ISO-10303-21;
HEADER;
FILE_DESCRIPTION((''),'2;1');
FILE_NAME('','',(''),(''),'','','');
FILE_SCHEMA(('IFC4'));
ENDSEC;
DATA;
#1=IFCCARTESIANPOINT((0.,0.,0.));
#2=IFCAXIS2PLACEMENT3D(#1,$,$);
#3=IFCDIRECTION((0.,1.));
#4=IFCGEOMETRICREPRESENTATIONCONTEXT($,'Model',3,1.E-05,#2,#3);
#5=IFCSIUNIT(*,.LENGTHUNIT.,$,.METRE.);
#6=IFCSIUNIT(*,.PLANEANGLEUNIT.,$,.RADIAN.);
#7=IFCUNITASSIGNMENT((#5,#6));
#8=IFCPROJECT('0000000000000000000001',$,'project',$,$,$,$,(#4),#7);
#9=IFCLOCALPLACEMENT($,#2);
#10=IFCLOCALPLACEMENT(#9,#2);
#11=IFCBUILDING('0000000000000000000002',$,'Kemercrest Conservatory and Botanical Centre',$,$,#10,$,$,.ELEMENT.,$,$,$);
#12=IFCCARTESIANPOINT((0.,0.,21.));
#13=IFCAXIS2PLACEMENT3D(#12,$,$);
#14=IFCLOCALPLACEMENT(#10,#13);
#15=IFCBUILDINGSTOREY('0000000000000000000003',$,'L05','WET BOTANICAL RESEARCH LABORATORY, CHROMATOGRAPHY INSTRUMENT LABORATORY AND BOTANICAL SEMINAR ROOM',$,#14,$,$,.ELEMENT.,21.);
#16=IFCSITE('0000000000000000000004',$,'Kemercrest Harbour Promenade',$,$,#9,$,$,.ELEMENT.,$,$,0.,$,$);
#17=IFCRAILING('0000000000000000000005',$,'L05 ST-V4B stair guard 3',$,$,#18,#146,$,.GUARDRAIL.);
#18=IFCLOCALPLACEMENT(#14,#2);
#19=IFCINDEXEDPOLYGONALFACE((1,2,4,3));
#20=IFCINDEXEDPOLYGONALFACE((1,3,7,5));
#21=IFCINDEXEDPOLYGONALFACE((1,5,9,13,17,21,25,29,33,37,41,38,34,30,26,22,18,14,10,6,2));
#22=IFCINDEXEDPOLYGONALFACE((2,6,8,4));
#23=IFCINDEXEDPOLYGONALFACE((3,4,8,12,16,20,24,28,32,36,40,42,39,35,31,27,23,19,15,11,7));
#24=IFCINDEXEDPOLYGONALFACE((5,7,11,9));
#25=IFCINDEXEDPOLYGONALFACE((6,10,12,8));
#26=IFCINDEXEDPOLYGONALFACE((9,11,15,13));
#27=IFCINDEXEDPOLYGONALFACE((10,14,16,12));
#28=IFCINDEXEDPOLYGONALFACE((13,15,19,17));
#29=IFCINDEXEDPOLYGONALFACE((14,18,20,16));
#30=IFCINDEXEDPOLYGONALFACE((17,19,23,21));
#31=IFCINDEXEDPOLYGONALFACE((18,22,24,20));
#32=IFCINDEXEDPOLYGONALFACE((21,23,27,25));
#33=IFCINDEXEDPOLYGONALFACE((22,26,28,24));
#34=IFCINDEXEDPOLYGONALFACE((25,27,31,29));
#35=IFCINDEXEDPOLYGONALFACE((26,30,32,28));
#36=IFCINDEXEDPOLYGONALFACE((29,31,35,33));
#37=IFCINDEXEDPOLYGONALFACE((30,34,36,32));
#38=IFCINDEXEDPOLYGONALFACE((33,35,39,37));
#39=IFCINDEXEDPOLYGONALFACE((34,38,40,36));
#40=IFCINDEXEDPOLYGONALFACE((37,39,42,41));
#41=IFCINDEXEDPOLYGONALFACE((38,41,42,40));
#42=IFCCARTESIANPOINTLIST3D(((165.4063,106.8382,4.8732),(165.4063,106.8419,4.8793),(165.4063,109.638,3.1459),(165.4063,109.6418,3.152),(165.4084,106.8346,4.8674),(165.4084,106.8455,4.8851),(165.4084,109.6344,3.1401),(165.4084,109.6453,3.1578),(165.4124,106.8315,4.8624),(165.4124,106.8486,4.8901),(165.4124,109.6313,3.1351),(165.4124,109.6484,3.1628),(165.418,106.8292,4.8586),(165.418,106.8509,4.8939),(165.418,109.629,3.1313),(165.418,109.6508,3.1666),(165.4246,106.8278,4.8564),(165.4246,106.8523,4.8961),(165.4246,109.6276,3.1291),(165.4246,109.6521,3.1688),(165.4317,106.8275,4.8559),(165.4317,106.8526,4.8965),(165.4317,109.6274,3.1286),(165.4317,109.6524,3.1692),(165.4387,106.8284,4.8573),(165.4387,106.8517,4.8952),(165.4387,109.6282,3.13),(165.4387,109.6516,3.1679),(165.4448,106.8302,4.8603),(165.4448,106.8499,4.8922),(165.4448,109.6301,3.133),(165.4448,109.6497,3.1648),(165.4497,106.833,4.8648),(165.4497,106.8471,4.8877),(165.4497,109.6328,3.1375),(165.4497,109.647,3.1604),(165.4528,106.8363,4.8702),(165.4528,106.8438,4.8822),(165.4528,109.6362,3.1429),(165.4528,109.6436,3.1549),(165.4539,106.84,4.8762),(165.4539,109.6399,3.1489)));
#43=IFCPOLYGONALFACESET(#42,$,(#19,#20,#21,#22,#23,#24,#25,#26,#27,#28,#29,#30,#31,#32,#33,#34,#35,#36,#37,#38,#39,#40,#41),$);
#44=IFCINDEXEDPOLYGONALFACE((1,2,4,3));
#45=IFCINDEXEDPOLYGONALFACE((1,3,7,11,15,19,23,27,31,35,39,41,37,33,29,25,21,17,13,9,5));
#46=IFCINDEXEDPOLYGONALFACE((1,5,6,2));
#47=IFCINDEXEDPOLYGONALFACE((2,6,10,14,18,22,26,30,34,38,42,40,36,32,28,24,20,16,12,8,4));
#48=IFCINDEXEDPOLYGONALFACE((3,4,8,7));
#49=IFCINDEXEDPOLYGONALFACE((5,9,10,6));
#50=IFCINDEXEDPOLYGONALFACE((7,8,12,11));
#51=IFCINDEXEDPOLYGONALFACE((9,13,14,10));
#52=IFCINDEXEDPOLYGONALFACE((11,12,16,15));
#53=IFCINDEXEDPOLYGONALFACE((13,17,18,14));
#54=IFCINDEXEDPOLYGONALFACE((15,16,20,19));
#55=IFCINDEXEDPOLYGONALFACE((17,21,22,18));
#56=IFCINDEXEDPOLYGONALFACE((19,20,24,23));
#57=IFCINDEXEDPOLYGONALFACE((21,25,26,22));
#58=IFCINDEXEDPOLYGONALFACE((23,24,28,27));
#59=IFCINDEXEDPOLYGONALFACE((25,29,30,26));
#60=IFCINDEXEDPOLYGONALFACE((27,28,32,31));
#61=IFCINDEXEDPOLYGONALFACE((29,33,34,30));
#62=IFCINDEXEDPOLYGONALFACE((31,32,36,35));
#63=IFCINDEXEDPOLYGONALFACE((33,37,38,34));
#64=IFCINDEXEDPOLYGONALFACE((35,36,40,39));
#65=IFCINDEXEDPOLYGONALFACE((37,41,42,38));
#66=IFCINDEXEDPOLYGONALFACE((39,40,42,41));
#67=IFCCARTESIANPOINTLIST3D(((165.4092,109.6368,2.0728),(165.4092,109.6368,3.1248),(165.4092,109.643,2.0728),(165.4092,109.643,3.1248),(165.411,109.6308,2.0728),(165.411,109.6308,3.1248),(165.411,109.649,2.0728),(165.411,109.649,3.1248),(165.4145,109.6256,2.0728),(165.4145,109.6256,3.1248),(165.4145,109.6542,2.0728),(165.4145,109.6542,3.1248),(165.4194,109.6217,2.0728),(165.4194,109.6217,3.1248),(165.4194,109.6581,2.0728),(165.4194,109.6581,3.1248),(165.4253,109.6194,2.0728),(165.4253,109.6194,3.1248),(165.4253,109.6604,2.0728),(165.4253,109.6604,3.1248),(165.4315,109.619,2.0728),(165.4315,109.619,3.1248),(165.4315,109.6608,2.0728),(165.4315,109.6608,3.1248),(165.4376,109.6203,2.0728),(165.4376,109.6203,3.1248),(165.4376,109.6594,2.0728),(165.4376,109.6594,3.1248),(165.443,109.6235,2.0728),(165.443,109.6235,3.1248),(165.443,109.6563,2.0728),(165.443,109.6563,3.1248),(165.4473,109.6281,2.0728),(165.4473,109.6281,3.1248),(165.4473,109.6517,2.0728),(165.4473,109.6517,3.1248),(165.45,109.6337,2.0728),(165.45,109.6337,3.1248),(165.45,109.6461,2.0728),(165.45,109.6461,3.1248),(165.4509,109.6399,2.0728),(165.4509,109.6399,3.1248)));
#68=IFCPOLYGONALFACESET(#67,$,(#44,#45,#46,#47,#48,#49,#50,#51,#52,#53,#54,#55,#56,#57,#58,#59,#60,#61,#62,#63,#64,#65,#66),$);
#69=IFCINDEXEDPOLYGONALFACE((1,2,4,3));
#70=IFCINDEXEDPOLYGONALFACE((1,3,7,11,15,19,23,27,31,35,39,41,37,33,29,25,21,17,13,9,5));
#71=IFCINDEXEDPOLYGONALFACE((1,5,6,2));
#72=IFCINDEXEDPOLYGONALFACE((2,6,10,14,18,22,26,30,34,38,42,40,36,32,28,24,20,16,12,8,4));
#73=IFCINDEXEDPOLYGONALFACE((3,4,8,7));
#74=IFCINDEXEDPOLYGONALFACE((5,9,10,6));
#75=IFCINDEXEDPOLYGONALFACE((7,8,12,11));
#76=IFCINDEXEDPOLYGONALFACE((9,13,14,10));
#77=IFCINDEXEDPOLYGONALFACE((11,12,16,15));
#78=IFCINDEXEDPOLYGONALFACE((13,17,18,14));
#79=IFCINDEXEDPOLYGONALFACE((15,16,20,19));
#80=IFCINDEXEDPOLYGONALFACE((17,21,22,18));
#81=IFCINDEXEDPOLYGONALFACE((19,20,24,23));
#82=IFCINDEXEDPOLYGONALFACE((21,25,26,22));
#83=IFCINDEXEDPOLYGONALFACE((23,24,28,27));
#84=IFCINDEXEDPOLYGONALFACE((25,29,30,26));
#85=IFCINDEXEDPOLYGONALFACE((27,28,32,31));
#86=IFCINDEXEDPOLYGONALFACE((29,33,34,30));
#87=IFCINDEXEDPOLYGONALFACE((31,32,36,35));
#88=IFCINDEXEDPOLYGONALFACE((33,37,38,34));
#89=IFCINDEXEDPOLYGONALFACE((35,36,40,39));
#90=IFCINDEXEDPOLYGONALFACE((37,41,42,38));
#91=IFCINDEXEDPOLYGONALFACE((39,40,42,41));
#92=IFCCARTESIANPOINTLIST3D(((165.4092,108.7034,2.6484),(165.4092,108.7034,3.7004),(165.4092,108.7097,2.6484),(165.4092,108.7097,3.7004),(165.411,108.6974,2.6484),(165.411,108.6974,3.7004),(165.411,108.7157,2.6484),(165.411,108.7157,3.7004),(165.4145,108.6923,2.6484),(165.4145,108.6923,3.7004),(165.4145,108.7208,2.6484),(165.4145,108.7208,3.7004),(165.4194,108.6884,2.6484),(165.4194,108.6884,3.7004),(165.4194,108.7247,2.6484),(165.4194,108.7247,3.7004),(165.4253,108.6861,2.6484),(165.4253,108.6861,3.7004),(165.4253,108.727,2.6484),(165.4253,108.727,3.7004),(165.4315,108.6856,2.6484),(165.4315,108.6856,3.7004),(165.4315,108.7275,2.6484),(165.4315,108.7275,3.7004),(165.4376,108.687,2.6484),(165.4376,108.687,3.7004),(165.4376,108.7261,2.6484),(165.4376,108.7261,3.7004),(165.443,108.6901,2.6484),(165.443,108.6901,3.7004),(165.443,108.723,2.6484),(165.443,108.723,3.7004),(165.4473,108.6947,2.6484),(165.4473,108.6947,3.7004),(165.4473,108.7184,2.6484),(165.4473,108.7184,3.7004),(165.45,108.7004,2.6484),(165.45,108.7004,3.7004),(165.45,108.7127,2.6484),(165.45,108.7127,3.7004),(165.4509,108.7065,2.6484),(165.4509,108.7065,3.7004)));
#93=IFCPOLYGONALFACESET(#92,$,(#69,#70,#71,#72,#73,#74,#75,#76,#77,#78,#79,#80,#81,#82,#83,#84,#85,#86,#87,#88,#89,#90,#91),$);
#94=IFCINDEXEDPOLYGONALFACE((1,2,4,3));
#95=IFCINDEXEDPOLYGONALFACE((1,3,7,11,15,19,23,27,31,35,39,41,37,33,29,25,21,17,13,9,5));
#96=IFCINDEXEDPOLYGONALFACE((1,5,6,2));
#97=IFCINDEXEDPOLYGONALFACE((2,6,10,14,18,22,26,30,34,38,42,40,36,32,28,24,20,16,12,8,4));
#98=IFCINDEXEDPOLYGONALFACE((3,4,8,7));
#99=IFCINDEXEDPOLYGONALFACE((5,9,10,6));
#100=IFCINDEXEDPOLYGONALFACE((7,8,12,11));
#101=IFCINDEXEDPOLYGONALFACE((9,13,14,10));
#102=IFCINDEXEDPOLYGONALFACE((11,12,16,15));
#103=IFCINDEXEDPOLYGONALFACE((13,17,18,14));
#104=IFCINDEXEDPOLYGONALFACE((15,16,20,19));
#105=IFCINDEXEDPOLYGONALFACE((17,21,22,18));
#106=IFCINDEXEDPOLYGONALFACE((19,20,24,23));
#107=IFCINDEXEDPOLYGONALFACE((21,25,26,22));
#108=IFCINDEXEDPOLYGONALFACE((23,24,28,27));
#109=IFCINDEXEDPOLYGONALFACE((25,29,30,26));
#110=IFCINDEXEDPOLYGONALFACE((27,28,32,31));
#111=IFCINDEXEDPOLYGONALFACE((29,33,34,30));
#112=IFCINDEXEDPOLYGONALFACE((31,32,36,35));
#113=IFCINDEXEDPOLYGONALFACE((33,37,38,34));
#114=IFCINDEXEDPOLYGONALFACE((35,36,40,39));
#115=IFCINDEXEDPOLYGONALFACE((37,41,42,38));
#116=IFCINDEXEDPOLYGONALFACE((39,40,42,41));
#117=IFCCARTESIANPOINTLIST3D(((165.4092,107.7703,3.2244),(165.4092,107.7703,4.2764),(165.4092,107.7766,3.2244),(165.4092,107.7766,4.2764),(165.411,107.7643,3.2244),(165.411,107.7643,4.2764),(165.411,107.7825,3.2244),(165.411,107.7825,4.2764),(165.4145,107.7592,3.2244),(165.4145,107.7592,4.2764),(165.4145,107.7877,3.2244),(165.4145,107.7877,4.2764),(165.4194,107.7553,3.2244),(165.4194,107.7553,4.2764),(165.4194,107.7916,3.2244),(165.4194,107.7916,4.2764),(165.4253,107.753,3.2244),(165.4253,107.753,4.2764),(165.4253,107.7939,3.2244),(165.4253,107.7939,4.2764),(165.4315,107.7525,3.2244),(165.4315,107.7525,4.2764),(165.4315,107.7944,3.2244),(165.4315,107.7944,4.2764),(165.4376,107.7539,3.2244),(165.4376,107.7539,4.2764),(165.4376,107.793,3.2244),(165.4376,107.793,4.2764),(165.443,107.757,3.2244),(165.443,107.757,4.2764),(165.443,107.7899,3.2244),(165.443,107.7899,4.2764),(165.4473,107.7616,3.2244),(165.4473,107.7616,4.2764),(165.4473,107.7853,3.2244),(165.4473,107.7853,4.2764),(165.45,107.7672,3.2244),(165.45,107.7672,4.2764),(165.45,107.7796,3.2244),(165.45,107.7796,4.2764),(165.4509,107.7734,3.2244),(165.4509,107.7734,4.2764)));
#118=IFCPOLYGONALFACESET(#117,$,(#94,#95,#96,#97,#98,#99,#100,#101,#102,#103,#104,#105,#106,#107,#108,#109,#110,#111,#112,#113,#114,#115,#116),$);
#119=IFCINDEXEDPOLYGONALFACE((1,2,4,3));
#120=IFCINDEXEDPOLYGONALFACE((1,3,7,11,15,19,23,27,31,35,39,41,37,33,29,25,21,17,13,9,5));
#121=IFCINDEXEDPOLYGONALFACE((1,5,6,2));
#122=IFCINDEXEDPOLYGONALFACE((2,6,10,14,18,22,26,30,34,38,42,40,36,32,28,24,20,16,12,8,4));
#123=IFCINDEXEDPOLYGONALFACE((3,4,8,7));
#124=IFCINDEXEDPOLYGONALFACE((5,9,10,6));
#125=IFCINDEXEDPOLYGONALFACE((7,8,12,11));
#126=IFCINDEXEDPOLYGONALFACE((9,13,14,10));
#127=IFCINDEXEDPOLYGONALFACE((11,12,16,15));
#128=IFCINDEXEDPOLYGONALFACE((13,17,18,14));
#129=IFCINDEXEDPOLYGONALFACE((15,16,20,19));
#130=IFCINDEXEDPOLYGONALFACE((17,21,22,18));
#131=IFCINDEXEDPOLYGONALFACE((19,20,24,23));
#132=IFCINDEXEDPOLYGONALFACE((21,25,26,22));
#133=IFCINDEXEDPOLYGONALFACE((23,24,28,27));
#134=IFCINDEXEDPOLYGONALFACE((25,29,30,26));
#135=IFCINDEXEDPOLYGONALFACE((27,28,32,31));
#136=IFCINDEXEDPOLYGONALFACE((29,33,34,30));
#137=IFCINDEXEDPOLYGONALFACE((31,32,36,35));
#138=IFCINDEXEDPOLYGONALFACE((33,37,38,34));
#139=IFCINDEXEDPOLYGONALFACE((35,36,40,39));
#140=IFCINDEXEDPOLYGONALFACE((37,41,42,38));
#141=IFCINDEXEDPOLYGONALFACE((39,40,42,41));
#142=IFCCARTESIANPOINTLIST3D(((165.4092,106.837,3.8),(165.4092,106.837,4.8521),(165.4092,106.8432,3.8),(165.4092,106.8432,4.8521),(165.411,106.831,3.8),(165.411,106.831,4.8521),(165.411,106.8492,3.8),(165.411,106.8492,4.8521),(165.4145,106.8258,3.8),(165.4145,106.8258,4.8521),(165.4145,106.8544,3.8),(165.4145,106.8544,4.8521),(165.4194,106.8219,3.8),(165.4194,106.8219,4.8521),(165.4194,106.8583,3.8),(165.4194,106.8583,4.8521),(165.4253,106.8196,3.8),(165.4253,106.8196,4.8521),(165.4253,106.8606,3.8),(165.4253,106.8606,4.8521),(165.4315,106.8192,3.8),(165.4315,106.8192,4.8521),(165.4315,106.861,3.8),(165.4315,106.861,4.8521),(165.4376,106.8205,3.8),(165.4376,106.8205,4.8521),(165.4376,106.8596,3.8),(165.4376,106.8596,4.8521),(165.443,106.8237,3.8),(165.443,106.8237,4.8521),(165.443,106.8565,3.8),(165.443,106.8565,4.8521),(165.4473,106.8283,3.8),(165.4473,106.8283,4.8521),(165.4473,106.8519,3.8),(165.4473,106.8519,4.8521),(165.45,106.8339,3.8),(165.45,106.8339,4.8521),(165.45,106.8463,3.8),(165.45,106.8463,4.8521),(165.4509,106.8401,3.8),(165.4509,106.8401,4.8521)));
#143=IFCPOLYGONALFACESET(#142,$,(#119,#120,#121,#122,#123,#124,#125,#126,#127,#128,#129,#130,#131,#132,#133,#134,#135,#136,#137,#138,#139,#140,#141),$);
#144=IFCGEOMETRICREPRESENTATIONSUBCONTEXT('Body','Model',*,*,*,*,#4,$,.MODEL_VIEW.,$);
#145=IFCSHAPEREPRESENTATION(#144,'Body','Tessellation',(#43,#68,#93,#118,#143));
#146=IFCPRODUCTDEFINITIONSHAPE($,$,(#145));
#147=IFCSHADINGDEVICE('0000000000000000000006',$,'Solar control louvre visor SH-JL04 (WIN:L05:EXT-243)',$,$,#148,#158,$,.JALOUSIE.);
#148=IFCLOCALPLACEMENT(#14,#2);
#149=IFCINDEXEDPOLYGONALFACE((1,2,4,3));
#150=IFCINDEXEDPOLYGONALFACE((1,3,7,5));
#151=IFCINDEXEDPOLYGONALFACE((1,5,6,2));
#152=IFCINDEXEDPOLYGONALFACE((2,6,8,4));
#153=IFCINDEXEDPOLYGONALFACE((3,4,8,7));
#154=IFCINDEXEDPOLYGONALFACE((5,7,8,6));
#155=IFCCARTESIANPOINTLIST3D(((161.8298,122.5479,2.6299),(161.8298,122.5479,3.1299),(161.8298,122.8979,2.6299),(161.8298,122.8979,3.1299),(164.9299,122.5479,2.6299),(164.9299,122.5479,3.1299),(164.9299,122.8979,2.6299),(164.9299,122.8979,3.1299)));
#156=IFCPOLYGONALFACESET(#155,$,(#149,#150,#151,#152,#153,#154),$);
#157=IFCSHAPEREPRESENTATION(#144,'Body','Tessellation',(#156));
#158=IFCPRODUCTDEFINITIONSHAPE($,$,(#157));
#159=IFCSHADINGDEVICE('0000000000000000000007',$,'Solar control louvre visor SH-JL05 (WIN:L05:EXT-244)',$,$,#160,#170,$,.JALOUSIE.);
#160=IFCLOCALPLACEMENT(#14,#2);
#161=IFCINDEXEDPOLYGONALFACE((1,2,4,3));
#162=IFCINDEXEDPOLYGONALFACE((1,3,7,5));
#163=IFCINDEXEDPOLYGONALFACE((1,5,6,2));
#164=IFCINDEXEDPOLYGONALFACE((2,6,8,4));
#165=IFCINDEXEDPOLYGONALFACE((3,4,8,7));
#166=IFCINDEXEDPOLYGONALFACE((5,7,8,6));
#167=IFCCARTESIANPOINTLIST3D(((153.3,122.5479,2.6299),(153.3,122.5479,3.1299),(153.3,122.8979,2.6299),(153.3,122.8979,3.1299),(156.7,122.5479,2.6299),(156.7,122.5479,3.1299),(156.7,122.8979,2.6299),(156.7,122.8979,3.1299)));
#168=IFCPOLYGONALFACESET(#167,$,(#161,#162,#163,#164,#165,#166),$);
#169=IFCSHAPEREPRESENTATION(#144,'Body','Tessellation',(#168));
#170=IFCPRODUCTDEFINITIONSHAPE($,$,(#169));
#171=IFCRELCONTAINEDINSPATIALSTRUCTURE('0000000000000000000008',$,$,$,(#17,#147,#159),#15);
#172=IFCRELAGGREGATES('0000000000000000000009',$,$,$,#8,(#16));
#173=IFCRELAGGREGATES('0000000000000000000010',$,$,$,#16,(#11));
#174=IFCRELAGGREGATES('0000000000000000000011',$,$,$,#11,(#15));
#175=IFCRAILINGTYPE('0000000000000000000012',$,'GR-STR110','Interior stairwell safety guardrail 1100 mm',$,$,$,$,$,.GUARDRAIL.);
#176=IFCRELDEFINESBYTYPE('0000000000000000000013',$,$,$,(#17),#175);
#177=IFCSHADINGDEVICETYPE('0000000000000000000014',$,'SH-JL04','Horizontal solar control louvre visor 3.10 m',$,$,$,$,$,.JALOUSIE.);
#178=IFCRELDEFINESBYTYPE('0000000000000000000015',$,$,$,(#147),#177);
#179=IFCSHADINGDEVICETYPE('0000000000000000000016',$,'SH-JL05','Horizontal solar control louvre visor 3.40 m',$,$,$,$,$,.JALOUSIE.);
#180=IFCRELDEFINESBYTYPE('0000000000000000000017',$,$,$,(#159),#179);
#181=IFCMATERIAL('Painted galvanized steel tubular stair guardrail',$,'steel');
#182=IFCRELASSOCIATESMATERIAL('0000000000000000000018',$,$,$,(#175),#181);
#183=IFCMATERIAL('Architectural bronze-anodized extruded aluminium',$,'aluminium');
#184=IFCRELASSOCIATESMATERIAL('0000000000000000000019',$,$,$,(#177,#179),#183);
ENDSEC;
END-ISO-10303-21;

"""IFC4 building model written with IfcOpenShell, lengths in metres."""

from ifc_helpers import new_model, si_unit, direction, frame, origin, origin_2d, place, context, subcontext, project, spatial, rectangle, circle, extrude, material, type_object, element, save


model = new_model("IFC4")

# Units and contexts
model_context = context("Model", 3, precision=1e-05, world=origin(), true_north=direction((0.0, 1.0)))
body_context = subcontext(model_context, "Body", "Model", "MODEL_VIEW")
ifc_project = project(units=[si_unit("LENGTHUNIT", "METRE"), si_unit("PLANEANGLEUNIT", "RADIAN")], contexts=[model_context])

# Site, building, storey
site_placement = place(None, origin())
site = spatial("IfcSite", under=ifc_project, at=site_placement, Name="Kemercrest Harbour Promenade", CompositionType="ELEMENT", RefElevation=0.0)
building_placement = place(site_placement, origin())
building = spatial("IfcBuilding", under=site, at=building_placement, Name="Kemercrest Conservatory and Botanical Centre", CompositionType="ELEMENT")
storey_placement = place(building_placement, frame((0.0, 0.0, 21.0)))
storey = spatial("IfcBuildingStorey", under=building, at=storey_placement, Name="L05", Description="WET BOTANICAL RESEARCH LABORATORY, CHROMATOGRAPHY INSTRUMENT LABORATORY AND BOTANICAL SEMINAR ROOM", CompositionType="ELEMENT", Elevation=21.0)

# Railing
ifc_material_1 = material(Name="Painted galvanized steel tubular stair guardrail", Category="steel")
railing_type = type_object("IfcRailingType", Name="GR-STR110", Description="Interior stairwell safety guardrail 1100 mm", PredefinedType="GUARDRAIL", material=ifc_material_1)
railing_1_placement = place(storey_placement, frame((165.4299, 109.6399, 2.0728)))
element("IfcRailing", 1, at=railing_1_placement, inside=storey, type_object=railing_type, Name="L05 ST-V4B stair guard 3", PredefinedType="GUARDRAIL", context=body_context, shape_type="SweptSolid", body=[
    extrude(circle(Radius=0.0239, at=origin_2d()), frame((0.0, 0.0, 1.0762), z_axis=(0.0, -0.851069, 0.525054), x_axis=(1.0, 0.0, 0.0)), (0.0, 0.0, 1.0), 3.2898),
    extrude(circle(Radius=0.021, at=origin_2d()), origin(), (0.0, 0.0, 1.0), 1.052),
    extrude(circle(Radius=0.021, at=origin_2d()), frame((0.0, -0.9333, 0.5757)), (0.0, 0.0, 1.0), 1.052),
    extrude(circle(Radius=0.021, at=origin_2d()), frame((0.0, -1.8665, 1.1516)), (0.0, 0.0, 1.0), 1.052),
    extrude(circle(Radius=0.021, at=origin_2d()), frame((0.0, -2.7998, 1.7273)), (0.0, 0.0, 1.0), 1.052),
])

# Shading devices
ifc_material_2 = material(Name="Architectural bronze-anodized extruded aluminium", Category="aluminium")
shading_device_type_1 = type_object("IfcShadingDeviceType", Name="SH-JL04", Description="Horizontal solar control louvre visor 3.10 m", PredefinedType="JALOUSIE", material=ifc_material_2)
shading_device_1_placement = place(storey_placement, frame((163.3799, 122.7229, 2.6299), z_axis=(0.0, 0.0, 1.0), x_axis=(-1.0, 0.0, 0.0)))
element("IfcShadingDevice", 2, at=shading_device_1_placement, inside=storey, type_object=shading_device_type_1, Name="Solar control louvre visor SH-JL04 (WIN:L05:EXT-243)", PredefinedType="JALOUSIE", context=body_context, shape_type="SweptSolid", body=[
    extrude(rectangle(XDim=3.1001, YDim=0.3501, at=origin_2d()), origin(), (0.0, 0.0, 1.0), 0.5),
])
shading_device_type_2 = type_object("IfcShadingDeviceType", Name="SH-JL05", Description="Horizontal solar control louvre visor 3.40 m", PredefinedType="JALOUSIE", material=ifc_material_2)
shading_device_2_placement = place(storey_placement, frame((155.0, 122.7229, 2.6299), z_axis=(0.0, 0.0, 1.0), x_axis=(-1.0, 0.0, 0.0)))
element("IfcShadingDevice", 3, at=shading_device_2_placement, inside=storey, type_object=shading_device_type_2, Name="Solar control louvre visor SH-JL05 (WIN:L05:EXT-244)", PredefinedType="JALOUSIE", context=body_context, shape_type="SweptSolid", body=[
    extrude(rectangle(XDim=3.3999, YDim=0.3501, at=origin_2d()), origin(), (0.0, 0.0, 1.0), 0.5),
])

save(model, "model.ifc")
